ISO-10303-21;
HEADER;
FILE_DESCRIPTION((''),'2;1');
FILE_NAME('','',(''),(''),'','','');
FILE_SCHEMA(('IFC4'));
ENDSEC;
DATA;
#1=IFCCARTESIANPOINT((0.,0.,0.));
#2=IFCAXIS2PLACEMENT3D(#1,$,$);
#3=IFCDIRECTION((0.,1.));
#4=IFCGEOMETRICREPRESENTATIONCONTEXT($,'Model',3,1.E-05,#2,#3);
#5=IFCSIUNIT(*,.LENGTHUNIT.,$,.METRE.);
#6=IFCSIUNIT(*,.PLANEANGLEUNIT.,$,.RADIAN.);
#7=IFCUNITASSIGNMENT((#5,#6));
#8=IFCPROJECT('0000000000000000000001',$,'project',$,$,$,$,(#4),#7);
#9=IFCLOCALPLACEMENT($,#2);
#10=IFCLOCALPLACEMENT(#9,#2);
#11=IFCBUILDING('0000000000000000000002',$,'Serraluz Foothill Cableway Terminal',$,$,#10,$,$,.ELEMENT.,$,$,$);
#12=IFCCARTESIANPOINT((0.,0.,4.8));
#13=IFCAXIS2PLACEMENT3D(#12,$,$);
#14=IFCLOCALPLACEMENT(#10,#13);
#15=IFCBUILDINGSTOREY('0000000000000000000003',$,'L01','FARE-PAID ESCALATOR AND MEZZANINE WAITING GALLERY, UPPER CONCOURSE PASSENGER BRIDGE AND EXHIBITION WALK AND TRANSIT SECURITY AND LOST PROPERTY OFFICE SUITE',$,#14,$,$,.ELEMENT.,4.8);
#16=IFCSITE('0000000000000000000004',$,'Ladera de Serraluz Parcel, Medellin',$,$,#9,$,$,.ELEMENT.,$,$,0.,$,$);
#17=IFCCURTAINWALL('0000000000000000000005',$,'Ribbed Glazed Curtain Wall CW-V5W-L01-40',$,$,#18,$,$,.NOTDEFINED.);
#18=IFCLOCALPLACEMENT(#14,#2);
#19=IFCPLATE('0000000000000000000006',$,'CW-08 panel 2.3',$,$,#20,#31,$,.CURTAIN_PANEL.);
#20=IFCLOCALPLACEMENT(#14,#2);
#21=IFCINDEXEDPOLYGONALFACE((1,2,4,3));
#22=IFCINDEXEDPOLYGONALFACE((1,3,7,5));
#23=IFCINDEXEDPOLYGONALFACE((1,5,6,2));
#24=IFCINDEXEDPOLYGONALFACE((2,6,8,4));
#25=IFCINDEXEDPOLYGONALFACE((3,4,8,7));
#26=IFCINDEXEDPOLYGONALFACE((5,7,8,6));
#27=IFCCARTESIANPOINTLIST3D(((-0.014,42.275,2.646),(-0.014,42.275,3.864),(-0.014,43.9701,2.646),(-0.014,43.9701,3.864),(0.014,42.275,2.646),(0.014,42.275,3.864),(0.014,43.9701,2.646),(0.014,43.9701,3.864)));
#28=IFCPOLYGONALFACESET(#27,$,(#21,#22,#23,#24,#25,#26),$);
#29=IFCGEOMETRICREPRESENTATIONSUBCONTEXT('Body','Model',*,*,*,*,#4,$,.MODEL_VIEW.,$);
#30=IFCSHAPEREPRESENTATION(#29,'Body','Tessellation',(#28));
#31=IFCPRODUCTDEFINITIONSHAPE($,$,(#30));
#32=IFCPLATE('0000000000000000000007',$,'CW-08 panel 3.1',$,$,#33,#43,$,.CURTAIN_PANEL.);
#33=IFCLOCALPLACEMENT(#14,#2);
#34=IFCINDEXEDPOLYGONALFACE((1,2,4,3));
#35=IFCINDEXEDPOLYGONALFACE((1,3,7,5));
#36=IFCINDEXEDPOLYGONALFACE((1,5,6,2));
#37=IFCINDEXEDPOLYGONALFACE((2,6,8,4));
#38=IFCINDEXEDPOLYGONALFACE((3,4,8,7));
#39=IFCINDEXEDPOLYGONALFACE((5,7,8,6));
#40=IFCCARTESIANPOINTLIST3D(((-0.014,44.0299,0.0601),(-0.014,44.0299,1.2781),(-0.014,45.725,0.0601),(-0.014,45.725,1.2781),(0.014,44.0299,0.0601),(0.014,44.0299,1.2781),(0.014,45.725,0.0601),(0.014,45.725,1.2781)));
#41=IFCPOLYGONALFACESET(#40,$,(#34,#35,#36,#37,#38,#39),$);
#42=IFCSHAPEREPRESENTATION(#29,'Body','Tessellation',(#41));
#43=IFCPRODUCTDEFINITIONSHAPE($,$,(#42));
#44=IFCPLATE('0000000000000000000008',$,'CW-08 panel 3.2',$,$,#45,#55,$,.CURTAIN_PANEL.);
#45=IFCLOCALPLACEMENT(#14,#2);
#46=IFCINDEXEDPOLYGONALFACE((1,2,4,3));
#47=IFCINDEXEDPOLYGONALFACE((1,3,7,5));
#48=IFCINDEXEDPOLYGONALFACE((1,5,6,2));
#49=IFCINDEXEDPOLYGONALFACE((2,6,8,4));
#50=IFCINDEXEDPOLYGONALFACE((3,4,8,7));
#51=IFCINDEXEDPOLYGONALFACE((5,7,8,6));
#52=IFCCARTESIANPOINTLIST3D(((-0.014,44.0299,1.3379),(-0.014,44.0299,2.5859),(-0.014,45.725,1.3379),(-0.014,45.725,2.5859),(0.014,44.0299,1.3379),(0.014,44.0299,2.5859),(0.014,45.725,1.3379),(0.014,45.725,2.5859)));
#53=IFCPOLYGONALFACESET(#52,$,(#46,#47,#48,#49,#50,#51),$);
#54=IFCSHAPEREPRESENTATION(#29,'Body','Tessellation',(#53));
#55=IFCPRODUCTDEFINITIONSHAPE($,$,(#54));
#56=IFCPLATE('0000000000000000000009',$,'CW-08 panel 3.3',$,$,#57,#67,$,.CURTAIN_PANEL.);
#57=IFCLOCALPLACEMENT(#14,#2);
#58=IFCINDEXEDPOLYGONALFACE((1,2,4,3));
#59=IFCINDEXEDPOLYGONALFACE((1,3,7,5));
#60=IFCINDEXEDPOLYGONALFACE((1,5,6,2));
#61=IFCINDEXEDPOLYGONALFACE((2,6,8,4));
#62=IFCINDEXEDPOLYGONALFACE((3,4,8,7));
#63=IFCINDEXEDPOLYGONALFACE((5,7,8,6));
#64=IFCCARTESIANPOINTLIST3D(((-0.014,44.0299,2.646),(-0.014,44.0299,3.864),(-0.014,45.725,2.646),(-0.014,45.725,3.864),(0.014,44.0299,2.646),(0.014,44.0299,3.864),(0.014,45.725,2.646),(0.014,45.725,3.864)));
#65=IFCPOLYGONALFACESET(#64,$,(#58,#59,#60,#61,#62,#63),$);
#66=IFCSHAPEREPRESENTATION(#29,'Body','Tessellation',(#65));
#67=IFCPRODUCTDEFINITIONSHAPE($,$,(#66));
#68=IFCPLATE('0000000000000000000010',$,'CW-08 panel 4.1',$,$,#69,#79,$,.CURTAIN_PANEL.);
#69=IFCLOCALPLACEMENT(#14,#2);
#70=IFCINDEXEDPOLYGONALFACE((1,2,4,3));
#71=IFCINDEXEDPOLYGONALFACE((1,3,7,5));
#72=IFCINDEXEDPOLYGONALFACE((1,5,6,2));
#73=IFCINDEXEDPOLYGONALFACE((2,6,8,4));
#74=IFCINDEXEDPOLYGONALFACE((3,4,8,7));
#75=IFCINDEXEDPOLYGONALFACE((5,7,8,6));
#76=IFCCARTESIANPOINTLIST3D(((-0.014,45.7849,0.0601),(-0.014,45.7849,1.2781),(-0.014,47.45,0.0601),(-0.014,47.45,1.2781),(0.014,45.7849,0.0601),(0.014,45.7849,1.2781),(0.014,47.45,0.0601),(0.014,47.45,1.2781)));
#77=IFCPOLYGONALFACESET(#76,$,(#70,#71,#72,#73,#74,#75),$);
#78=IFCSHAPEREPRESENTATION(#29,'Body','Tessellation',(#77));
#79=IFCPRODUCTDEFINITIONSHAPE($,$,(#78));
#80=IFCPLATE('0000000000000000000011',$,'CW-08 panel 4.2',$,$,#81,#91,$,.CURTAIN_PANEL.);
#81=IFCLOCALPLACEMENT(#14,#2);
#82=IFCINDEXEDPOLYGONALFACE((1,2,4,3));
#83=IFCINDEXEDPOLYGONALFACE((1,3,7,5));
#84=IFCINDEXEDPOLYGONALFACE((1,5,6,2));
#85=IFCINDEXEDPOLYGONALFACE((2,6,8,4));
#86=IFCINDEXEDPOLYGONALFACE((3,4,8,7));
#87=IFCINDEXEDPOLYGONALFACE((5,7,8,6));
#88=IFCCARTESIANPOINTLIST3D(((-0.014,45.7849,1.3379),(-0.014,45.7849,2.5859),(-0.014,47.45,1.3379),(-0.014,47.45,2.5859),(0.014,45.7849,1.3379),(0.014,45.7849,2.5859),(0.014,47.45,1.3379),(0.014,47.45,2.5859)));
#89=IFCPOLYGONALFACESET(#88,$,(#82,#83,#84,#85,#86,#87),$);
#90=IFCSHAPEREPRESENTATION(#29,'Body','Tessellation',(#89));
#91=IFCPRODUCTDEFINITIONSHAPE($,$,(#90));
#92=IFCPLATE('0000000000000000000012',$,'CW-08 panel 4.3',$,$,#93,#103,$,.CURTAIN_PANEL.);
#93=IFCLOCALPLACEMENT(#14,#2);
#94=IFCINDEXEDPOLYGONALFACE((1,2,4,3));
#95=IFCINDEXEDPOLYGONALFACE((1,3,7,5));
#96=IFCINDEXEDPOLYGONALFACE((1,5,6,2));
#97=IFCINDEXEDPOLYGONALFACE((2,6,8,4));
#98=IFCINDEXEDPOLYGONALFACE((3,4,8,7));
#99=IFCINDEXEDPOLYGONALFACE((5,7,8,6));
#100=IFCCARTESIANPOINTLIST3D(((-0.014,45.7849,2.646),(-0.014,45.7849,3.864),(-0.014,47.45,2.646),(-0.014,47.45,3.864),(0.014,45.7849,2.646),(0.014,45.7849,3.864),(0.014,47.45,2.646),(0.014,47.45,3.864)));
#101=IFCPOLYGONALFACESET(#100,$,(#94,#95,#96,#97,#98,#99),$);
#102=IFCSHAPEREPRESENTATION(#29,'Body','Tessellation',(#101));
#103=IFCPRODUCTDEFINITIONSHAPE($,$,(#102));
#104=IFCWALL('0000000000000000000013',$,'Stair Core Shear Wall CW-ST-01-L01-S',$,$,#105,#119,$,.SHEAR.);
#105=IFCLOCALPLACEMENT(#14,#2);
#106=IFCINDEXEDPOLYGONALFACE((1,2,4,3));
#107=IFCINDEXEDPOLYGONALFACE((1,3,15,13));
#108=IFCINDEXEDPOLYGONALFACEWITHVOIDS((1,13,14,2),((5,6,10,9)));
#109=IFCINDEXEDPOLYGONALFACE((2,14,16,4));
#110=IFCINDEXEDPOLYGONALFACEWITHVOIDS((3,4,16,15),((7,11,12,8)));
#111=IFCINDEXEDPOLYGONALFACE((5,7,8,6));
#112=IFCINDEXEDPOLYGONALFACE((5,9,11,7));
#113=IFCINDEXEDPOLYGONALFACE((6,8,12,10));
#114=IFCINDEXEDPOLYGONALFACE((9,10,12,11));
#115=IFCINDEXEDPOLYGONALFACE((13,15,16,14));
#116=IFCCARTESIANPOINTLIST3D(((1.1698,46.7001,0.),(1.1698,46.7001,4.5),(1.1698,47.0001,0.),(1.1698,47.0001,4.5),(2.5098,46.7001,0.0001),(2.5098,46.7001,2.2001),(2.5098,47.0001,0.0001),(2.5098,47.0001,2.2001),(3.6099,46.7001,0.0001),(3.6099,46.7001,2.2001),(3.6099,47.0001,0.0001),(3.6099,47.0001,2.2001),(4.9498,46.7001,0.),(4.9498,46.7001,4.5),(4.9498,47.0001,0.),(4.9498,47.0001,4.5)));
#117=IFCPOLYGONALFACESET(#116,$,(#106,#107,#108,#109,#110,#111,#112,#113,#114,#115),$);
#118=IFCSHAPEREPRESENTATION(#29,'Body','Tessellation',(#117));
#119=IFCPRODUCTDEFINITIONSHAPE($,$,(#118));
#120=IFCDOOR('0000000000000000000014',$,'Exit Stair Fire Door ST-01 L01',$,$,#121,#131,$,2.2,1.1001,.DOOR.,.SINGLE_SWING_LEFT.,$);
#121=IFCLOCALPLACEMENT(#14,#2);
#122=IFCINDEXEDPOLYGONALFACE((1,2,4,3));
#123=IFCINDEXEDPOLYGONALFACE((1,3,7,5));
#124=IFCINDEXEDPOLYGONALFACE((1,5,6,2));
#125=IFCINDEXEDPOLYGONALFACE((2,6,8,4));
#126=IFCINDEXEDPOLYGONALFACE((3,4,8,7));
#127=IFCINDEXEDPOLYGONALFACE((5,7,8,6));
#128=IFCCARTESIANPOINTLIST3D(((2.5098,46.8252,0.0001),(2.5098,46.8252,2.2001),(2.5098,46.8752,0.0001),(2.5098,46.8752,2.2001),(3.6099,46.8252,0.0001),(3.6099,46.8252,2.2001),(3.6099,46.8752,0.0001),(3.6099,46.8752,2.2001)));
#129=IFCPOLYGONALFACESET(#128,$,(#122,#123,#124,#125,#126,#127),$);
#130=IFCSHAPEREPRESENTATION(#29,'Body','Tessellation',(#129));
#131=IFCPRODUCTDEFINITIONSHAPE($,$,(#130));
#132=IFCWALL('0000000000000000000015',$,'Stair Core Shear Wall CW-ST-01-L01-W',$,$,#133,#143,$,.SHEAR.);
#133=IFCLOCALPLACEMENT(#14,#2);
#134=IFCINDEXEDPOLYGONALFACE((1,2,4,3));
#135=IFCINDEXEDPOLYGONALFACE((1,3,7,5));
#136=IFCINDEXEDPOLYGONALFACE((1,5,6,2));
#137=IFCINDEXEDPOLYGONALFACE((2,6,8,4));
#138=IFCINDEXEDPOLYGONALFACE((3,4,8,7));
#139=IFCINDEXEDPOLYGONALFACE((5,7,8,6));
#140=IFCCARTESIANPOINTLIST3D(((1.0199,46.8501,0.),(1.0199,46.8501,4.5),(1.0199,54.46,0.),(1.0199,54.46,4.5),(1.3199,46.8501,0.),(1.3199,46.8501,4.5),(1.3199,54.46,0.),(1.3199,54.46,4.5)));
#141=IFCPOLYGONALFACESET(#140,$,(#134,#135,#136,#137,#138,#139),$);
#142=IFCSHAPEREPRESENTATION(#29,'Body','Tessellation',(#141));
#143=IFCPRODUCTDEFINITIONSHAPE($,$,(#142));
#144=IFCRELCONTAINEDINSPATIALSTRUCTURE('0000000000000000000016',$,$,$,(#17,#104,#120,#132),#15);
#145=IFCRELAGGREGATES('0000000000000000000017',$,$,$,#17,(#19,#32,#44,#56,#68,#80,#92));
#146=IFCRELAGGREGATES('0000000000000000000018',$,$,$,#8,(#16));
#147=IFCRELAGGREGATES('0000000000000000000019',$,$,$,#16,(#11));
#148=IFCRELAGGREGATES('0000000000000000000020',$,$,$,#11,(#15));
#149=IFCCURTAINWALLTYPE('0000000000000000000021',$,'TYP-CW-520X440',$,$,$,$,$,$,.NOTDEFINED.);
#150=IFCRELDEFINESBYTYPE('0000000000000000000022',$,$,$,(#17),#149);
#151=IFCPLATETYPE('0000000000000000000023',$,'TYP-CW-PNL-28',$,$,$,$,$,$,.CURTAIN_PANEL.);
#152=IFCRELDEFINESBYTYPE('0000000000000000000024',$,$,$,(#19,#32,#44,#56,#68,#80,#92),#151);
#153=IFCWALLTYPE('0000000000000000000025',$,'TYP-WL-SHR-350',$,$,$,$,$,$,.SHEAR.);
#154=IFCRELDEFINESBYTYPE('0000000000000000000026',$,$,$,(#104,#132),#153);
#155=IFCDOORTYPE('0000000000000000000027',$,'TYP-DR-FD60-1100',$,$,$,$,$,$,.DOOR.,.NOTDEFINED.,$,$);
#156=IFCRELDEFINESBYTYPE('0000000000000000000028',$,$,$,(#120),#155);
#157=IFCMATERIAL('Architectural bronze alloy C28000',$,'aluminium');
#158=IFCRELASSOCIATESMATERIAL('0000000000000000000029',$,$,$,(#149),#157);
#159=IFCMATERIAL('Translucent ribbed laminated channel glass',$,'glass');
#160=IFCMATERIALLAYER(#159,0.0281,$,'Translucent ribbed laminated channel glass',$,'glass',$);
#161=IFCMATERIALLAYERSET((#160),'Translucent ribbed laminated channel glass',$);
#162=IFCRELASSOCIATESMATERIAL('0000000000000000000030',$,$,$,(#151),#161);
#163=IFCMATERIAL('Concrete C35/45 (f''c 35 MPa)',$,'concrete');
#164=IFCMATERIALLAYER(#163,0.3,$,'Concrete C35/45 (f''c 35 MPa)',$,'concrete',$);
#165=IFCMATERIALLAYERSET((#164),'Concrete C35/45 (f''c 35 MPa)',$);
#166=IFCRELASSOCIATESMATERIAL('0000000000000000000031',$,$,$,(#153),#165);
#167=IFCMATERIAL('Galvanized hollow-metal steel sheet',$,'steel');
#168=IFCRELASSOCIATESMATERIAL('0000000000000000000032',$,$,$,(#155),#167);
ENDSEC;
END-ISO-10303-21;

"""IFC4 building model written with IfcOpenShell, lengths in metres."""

from ifc_helpers import new_model, si_unit, direction, frame, frame_2d, origin, origin_2d, place, context, subcontext, project, spatial, rectangle, extrude, material, layer, layer_set, type_object, element, fill, aggregate, save


model = new_model("IFC4")

# Units and contexts
model_context = context("Model", 3, precision=1e-05, world=origin(), true_north=direction((0.0, 1.0)))
body_context = subcontext(model_context, "Body", "Model", "MODEL_VIEW")
ifc_project = project(units=[si_unit("LENGTHUNIT", "METRE"), si_unit("PLANEANGLEUNIT", "RADIAN")], contexts=[model_context])

# Site, building, storey
site_placement = place(None, origin())
site = spatial("IfcSite", under=ifc_project, at=site_placement, Name="Ladera de Serraluz Parcel, Medellin", CompositionType="ELEMENT", RefElevation=0.0)
building_placement = place(site_placement, origin())
building = spatial("IfcBuilding", under=site, at=building_placement, Name="Serraluz Foothill Cableway Terminal", CompositionType="ELEMENT")
storey_placement = place(building_placement, frame((0.0, 0.0, 4.8)))
storey = spatial("IfcBuildingStorey", under=building, at=storey_placement, Name="L01", Description="FARE-PAID ESCALATOR AND MEZZANINE WAITING GALLERY, UPPER CONCOURSE PASSENGER BRIDGE AND EXHIBITION WALK AND TRANSIT SECURITY AND LOST PROPERTY OFFICE SUITE", CompositionType="ELEMENT", Elevation=4.8)

# Shared definitions
ifc_material_1 = material(Name="Concrete C35/45 (f'c 35 MPa)", Category="concrete")

# Curtain wall
ifc_material_2 = material(Name="Architectural bronze alloy C28000", Category="aluminium")
curtain_wall_type = type_object("IfcCurtainWallType", Name="TYP-CW-520X440", PredefinedType="NOTDEFINED", material=ifc_material_2)
curtain_wall_placement = place(storey_placement, origin())
curtain_wall = element("IfcCurtainWall", 1, at=curtain_wall_placement, inside=storey, type_object=curtain_wall_type, Name="Ribbed Glazed Curtain Wall CW-V5W-L01-40", PredefinedType="NOTDEFINED")

# Plates
ifc_material_3 = material(Name="Translucent ribbed laminated channel glass", Category="glass")
ifc_layer_1 = layer(ifc_material_3, 0.0281, Name="Translucent ribbed laminated channel glass", Category="glass")
ifc_layer_set_1 = layer_set([ifc_layer_1], Name="Translucent ribbed laminated channel glass")
plate_type = type_object("IfcPlateType", Name="TYP-CW-PNL-28", PredefinedType="CURTAIN_PANEL", material=ifc_layer_set_1)
plate_1_placement = place(storey_placement, frame((0.0, 43.1226, 2.646), z_axis=(0.0, 0.0, 1.0), x_axis=(0.0, 1.0, 0.0)))
plate_1 = element("IfcPlate", 2, at=plate_1_placement, type_object=plate_type, Name="CW-08 panel 2.3", PredefinedType="CURTAIN_PANEL", context=body_context, shape_type="SweptSolid", body=[
    extrude(rectangle(XDim=1.6951, YDim=0.0281, at=origin_2d()), origin(), (0.0, 0.0, 1.0), 1.218),
])
plate_2_placement = place(storey_placement, frame((0.0, 44.8774, 0.0601), z_axis=(0.0, 0.0, 1.0), x_axis=(0.0, 1.0, 0.0)))
plate_2 = element("IfcPlate", 3, at=plate_2_placement, type_object=plate_type, Name="CW-08 panel 3.1", PredefinedType="CURTAIN_PANEL", context=body_context, shape_type="SweptSolid", body=[
    extrude(rectangle(XDim=1.6951, YDim=0.0281, at=origin_2d()), origin(), (0.0, 0.0, 1.0), 1.218),
])
plate_3_placement = place(storey_placement, frame((0.0, 44.8774, 1.3379), z_axis=(0.0, 0.0, 1.0), x_axis=(0.0, 1.0, 0.0)))
plate_3 = element("IfcPlate", 4, at=plate_3_placement, type_object=plate_type, Name="CW-08 panel 3.2", PredefinedType="CURTAIN_PANEL", context=body_context, shape_type="SweptSolid", body=[
    extrude(rectangle(XDim=1.6951, YDim=0.0281, at=origin_2d()), origin(), (0.0, 0.0, 1.0), 1.248),
])
plate_4_placement = place(storey_placement, frame((0.0, 44.8774, 2.646), z_axis=(0.0, 0.0, 1.0), x_axis=(0.0, 1.0, 0.0)))
plate_4 = element("IfcPlate", 5, at=plate_4_placement, type_object=plate_type, Name="CW-08 panel 3.3", PredefinedType="CURTAIN_PANEL", context=body_context, shape_type="SweptSolid", body=[
    extrude(rectangle(XDim=1.6951, YDim=0.0281, at=origin_2d()), origin(), (0.0, 0.0, 1.0), 1.218),
])
plate_5_placement = place(storey_placement, frame((0.0, 46.6174, 0.0601), z_axis=(0.0, 0.0, 1.0), x_axis=(0.0, 1.0, 0.0)))
plate_5 = element("IfcPlate", 6, at=plate_5_placement, type_object=plate_type, Name="CW-08 panel 4.1", PredefinedType="CURTAIN_PANEL", context=body_context, shape_type="SweptSolid", body=[
    extrude(rectangle(XDim=1.665, YDim=0.0281, at=origin_2d()), origin(), (0.0, 0.0, 1.0), 1.218),
])
plate_6_placement = place(storey_placement, frame((0.0, 46.6174, 1.3379), z_axis=(0.0, 0.0, 1.0), x_axis=(0.0, 1.0, 0.0)))
plate_6 = element("IfcPlate", 7, at=plate_6_placement, type_object=plate_type, Name="CW-08 panel 4.2", PredefinedType="CURTAIN_PANEL", context=body_context, shape_type="SweptSolid", body=[
    extrude(rectangle(XDim=1.665, YDim=0.0281, at=origin_2d()), origin(), (0.0, 0.0, 1.0), 1.248),
])
plate_7_placement = place(storey_placement, frame((0.0, 46.6174, 2.646), z_axis=(0.0, 0.0, 1.0), x_axis=(0.0, 1.0, 0.0)))
plate_7 = element("IfcPlate", 8, at=plate_7_placement, type_object=plate_type, Name="CW-08 panel 4.3", PredefinedType="CURTAIN_PANEL", context=body_context, shape_type="SweptSolid", body=[
    extrude(rectangle(XDim=1.665, YDim=0.0281, at=origin_2d()), origin(), (0.0, 0.0, 1.0), 1.218),
])
aggregate(curtain_wall, [plate_1, plate_2, plate_3, plate_4, plate_5, plate_6, plate_7])

# Wall, opening, door
ifc_layer_2 = layer(ifc_material_1, 0.3, Name="Concrete C35/45 (f'c 35 MPa)", Category="concrete")
ifc_layer_set_2 = layer_set([ifc_layer_2], Name="Concrete C35/45 (f'c 35 MPa)")
wall_type = type_object("IfcWallType", Name="TYP-WL-SHR-350", PredefinedType="SHEAR", material=ifc_layer_set_2)
wall_1_placement = place(storey_placement, frame((4.95, 46.8501, 0.0), z_axis=(0.0, 0.0, 1.0), x_axis=(-1.0, 0.0, 0.0)))
wall_1 = element("IfcWall", 9, at=wall_1_placement, inside=storey, type_object=wall_type, Name="Stair Core Shear Wall CW-ST-01-L01-S", PredefinedType="SHEAR", context=body_context, shape_type="SweptSolid", body=[
    extrude(rectangle(XDim=3.78, YDim=0.3, at=frame_2d((1.8901, 0.0))), origin(), (0.0, 0.0, 1.0), 4.5),
])
opening_placement = place(wall_1_placement, frame((1.3401, 0.0, 0.0)))
opening = element("IfcOpeningElement", 10, at=opening_placement, cuts=wall_1, PredefinedType="OPENING", context=body_context, shape_type="SweptSolid", body=[
    extrude(rectangle(XDim=1.1001, YDim=2.2, at=frame_2d((0.55, 1.1001))), frame((0.0, 0.1602, 0.0), z_axis=(0.0, -1.0, 0.0), x_axis=(1.0, 0.0, 0.0)), (0.0, 0.0, 1.0), 0.3201),
])
ifc_material_4 = material(Name="Galvanized hollow-metal steel sheet", Category="steel")
door_type = type_object("IfcDoorType", Name="TYP-DR-FD60-1100", OperationType="NOTDEFINED", PredefinedType="DOOR", material=ifc_material_4)
door_placement = place(opening_placement, origin())
door = element("IfcDoor", 11, at=door_placement, inside=storey, type_object=door_type, Name="Exit Stair Fire Door ST-01 L01", OperationType="SINGLE_SWING_LEFT", OverallHeight=2.2, OverallWidth=1.1001, PredefinedType="DOOR", context=body_context, shape_type="SweptSolid", body=[
    extrude(rectangle(XDim=1.1001, YDim=2.2, at=frame_2d((0.55, 1.1001))), frame((0.0, 0.0249, 0.0), z_axis=(0.0, -1.0, 0.0), x_axis=(1.0, 0.0, 0.0)), (0.0, 0.0, 1.0), 0.05),
])
fill(opening, door)

# Wall
wall_2_placement = place(storey_placement, frame((1.1699, 46.8501, 0.0), z_axis=(0.0, 0.0, 1.0), x_axis=(0.0, 1.0, 0.0)))
element("IfcWall", 12, at=wall_2_placement, inside=storey, type_object=wall_type, Name="Stair Core Shear Wall CW-ST-01-L01-W", PredefinedType="SHEAR", context=body_context, shape_type="SweptSolid", body=[
    extrude(rectangle(XDim=7.6099, YDim=0.3, at=frame_2d((3.8049, 0.0))), origin(), (0.0, 0.0, 1.0), 4.5),
])

save(model, "model.ifc")
